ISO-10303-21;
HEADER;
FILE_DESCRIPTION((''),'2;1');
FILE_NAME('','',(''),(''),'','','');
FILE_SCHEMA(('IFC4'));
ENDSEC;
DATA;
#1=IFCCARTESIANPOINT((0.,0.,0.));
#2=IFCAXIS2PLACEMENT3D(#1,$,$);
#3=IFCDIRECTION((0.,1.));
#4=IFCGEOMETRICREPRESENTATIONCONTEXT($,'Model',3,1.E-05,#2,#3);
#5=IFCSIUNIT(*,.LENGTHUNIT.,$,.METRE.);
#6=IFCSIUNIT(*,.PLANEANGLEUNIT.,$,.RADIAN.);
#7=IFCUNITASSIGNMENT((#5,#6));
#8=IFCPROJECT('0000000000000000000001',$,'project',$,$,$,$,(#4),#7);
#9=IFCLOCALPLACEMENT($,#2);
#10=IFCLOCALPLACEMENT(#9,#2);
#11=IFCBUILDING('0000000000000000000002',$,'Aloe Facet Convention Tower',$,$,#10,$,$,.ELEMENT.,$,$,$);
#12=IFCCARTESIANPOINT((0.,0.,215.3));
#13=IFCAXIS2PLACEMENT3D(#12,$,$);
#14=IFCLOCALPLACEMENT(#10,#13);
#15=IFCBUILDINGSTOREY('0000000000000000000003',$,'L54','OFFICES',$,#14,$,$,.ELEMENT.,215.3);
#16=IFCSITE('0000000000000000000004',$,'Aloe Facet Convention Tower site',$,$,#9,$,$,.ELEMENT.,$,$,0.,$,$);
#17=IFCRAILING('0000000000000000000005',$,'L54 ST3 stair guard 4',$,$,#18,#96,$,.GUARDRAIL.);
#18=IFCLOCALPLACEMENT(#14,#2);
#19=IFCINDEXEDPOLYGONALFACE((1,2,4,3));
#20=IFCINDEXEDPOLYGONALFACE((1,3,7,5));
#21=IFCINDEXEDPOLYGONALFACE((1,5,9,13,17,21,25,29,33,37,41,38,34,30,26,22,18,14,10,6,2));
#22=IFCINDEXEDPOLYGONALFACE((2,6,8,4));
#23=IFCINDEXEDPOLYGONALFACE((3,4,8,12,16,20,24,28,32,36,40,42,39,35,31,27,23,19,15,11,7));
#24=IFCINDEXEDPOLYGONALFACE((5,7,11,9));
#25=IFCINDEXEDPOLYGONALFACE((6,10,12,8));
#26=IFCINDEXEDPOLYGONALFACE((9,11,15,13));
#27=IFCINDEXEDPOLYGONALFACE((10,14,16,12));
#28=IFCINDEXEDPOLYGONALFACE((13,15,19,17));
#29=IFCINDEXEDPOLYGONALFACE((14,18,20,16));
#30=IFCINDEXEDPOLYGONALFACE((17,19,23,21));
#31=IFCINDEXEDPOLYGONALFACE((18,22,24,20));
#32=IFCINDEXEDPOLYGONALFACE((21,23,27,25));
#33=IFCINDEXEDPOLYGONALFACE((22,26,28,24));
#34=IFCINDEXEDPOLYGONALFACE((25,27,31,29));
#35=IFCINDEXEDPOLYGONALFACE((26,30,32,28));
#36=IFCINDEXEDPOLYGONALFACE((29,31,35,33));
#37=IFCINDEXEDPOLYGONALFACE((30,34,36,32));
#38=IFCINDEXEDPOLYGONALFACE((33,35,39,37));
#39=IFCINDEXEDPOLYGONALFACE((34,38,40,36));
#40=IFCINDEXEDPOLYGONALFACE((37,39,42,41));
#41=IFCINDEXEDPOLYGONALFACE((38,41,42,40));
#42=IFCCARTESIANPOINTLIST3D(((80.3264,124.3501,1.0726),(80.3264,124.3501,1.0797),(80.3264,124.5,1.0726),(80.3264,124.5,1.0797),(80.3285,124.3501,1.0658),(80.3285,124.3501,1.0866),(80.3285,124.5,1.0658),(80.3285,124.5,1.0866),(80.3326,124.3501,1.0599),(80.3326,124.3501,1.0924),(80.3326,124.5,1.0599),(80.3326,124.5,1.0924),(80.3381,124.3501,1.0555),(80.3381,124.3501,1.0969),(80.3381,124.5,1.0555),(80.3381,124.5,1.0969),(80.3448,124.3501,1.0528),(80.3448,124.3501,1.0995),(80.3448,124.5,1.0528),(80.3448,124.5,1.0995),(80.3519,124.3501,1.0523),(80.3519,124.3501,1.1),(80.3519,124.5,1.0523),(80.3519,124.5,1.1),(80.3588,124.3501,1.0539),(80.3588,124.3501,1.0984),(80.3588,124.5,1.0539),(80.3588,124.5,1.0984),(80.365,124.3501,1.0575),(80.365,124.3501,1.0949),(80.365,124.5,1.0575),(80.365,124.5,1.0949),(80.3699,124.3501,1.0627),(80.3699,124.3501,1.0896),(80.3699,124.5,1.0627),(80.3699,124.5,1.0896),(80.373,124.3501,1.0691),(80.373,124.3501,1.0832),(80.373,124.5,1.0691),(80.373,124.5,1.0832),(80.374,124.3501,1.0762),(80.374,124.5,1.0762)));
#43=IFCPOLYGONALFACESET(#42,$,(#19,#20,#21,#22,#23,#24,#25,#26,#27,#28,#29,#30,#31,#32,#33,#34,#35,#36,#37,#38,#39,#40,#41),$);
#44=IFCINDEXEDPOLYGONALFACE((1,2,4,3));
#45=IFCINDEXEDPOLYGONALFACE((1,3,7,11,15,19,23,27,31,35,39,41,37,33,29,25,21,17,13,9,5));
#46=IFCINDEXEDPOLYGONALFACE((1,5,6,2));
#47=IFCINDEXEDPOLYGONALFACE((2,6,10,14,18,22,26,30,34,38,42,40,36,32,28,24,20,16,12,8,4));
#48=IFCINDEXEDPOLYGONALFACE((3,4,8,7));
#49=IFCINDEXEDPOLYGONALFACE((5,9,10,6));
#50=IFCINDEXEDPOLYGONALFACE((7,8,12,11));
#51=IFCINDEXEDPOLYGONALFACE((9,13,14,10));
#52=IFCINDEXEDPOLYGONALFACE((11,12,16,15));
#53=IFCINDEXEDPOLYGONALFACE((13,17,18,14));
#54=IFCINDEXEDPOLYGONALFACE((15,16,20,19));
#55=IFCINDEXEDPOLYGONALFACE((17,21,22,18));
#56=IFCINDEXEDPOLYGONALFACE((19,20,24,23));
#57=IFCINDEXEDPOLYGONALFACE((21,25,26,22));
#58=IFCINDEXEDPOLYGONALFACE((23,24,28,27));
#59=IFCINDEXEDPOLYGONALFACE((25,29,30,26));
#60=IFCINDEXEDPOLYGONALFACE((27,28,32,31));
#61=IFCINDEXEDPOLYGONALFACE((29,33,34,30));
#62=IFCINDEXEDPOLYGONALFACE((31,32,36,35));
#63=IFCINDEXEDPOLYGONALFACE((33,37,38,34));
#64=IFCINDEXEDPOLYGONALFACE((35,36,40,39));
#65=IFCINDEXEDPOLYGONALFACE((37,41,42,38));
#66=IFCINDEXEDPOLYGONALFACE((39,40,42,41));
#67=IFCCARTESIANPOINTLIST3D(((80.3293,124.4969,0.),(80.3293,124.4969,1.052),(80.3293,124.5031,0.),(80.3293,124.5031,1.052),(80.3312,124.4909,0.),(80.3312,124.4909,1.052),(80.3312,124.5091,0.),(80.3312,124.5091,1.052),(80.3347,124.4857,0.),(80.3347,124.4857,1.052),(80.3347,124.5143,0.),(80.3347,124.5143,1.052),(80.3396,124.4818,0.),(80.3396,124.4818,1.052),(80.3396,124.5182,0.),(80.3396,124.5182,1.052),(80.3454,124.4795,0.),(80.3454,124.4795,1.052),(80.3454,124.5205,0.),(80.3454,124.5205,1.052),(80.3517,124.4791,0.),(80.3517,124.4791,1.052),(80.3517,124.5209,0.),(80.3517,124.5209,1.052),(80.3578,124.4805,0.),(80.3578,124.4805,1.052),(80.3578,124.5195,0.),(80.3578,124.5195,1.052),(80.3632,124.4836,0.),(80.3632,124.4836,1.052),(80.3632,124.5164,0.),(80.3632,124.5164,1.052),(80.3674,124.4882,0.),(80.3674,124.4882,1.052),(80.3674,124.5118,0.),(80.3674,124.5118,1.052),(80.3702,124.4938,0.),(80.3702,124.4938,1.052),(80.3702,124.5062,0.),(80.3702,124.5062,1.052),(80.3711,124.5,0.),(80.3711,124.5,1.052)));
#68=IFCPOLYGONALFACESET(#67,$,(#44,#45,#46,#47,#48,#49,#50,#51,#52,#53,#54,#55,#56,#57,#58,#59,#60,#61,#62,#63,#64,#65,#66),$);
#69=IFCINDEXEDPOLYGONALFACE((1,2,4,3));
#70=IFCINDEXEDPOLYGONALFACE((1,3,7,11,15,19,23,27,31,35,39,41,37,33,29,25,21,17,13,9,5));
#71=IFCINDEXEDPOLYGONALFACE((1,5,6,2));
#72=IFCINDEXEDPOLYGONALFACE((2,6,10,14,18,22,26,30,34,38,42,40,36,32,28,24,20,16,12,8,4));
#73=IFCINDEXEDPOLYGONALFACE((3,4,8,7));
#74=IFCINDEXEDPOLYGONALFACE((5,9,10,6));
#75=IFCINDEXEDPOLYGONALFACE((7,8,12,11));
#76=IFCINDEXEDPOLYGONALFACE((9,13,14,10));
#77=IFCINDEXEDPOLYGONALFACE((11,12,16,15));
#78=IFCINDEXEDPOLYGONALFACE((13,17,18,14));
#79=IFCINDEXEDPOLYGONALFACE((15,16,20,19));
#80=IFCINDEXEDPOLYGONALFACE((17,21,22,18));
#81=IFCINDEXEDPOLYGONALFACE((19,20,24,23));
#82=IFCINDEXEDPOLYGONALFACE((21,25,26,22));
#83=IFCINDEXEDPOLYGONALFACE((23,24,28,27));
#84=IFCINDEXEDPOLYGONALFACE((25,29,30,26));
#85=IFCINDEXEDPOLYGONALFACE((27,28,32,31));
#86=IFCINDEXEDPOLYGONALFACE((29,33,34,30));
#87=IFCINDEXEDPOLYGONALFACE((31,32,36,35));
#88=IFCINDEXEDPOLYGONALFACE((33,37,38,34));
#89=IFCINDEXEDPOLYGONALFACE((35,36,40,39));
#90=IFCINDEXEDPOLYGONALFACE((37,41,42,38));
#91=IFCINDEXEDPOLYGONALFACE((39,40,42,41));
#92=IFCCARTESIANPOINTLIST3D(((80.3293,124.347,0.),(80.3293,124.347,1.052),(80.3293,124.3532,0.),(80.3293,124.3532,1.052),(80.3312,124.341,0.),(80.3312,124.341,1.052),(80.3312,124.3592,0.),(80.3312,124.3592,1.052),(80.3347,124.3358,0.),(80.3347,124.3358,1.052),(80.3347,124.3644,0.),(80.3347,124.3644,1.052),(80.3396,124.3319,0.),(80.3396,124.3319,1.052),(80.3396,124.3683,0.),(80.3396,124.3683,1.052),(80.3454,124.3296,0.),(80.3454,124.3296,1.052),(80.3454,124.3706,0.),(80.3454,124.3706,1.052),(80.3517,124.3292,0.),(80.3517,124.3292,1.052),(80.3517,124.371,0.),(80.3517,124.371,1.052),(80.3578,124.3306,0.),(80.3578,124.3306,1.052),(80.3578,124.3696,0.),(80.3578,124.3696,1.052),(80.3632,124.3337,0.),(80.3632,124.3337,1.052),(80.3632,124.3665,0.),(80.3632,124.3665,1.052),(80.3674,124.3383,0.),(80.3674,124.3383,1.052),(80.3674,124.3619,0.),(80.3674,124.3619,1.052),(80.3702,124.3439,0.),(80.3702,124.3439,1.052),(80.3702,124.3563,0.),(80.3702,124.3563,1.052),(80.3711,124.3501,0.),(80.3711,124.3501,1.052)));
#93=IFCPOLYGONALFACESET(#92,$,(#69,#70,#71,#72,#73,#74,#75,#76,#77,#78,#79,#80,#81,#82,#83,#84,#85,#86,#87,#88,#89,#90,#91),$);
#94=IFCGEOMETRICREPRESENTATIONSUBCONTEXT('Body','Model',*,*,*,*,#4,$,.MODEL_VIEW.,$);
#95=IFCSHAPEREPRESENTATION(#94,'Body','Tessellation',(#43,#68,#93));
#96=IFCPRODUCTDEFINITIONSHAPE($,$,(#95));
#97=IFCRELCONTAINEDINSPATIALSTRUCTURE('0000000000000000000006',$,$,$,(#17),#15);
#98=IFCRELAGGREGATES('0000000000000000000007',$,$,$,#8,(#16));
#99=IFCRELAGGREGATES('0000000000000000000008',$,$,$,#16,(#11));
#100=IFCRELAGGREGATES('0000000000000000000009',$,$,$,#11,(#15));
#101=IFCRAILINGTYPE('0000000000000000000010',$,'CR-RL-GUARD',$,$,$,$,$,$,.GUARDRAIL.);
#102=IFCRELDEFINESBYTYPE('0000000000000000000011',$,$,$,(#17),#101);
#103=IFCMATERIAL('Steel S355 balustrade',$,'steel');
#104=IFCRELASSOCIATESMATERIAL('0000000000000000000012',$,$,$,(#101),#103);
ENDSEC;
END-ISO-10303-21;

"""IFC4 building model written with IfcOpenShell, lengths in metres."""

from ifc_helpers import new_model, si_unit, direction, frame, origin, origin_2d, place, context, subcontext, project, spatial, circle, extrude, material, type_object, element, save


model = new_model("IFC4")

# Units and contexts
model_context = context("Model", 3, precision=1e-05, world=origin(), true_north=direction((0.0, 1.0)))
body_context = subcontext(model_context, "Body", "Model", "MODEL_VIEW")
ifc_project = project(units=[si_unit("LENGTHUNIT", "METRE"), si_unit("PLANEANGLEUNIT", "RADIAN")], contexts=[model_context])

# Site, building, storey
site_placement = place(None, origin())
site = spatial("IfcSite", under=ifc_project, at=site_placement, Name="Aloe Facet Convention Tower site", CompositionType="ELEMENT", RefElevation=0.0)
building_placement = place(site_placement, origin())
building = spatial("IfcBuilding", under=site, at=building_placement, Name="Aloe Facet Convention Tower", CompositionType="ELEMENT")
storey_placement = place(building_placement, frame((0.0, 0.0, 215.3)))
storey = spatial("IfcBuildingStorey", under=building, at=storey_placement, Name="L54", Description="OFFICES", CompositionType="ELEMENT", Elevation=215.3)

# Railing
ifc_material_1 = material(Name="Steel S355 balustrade", Category="steel")
railing_type_1 = type_object("IfcRailingType", Name="CR-RL-GUARD", PredefinedType="GUARDRAIL", material=ifc_material_1)
railing_1_placement = place(storey_placement, frame((80.3501, 124.5, 0.0)))
element("IfcRailing", 1, at=railing_1_placement, inside=storey, type_object=railing_type_1, Name="L54 ST3 stair guard 4", PredefinedType="GUARDRAIL", context=body_context, shape_type="SweptSolid", body=[
    extrude(circle(Radius=0.0239, at=origin_2d()), frame((0.0, 0.0, 1.0762), z_axis=(0.0, -1.0, 0.0), x_axis=(1.0, 0.0, 0.0)), (0.0, 0.0, 1.0), 0.1499),
    extrude(circle(Radius=0.021, at=origin_2d()), origin(), (0.0, 0.0, 1.0), 1.052),
    extrude(circle(Radius=0.021, at=origin_2d()), frame((0.0, -0.1499, 0.0)), (0.0, 0.0, 1.0), 1.052),
])

save(model, "model.ifc")
